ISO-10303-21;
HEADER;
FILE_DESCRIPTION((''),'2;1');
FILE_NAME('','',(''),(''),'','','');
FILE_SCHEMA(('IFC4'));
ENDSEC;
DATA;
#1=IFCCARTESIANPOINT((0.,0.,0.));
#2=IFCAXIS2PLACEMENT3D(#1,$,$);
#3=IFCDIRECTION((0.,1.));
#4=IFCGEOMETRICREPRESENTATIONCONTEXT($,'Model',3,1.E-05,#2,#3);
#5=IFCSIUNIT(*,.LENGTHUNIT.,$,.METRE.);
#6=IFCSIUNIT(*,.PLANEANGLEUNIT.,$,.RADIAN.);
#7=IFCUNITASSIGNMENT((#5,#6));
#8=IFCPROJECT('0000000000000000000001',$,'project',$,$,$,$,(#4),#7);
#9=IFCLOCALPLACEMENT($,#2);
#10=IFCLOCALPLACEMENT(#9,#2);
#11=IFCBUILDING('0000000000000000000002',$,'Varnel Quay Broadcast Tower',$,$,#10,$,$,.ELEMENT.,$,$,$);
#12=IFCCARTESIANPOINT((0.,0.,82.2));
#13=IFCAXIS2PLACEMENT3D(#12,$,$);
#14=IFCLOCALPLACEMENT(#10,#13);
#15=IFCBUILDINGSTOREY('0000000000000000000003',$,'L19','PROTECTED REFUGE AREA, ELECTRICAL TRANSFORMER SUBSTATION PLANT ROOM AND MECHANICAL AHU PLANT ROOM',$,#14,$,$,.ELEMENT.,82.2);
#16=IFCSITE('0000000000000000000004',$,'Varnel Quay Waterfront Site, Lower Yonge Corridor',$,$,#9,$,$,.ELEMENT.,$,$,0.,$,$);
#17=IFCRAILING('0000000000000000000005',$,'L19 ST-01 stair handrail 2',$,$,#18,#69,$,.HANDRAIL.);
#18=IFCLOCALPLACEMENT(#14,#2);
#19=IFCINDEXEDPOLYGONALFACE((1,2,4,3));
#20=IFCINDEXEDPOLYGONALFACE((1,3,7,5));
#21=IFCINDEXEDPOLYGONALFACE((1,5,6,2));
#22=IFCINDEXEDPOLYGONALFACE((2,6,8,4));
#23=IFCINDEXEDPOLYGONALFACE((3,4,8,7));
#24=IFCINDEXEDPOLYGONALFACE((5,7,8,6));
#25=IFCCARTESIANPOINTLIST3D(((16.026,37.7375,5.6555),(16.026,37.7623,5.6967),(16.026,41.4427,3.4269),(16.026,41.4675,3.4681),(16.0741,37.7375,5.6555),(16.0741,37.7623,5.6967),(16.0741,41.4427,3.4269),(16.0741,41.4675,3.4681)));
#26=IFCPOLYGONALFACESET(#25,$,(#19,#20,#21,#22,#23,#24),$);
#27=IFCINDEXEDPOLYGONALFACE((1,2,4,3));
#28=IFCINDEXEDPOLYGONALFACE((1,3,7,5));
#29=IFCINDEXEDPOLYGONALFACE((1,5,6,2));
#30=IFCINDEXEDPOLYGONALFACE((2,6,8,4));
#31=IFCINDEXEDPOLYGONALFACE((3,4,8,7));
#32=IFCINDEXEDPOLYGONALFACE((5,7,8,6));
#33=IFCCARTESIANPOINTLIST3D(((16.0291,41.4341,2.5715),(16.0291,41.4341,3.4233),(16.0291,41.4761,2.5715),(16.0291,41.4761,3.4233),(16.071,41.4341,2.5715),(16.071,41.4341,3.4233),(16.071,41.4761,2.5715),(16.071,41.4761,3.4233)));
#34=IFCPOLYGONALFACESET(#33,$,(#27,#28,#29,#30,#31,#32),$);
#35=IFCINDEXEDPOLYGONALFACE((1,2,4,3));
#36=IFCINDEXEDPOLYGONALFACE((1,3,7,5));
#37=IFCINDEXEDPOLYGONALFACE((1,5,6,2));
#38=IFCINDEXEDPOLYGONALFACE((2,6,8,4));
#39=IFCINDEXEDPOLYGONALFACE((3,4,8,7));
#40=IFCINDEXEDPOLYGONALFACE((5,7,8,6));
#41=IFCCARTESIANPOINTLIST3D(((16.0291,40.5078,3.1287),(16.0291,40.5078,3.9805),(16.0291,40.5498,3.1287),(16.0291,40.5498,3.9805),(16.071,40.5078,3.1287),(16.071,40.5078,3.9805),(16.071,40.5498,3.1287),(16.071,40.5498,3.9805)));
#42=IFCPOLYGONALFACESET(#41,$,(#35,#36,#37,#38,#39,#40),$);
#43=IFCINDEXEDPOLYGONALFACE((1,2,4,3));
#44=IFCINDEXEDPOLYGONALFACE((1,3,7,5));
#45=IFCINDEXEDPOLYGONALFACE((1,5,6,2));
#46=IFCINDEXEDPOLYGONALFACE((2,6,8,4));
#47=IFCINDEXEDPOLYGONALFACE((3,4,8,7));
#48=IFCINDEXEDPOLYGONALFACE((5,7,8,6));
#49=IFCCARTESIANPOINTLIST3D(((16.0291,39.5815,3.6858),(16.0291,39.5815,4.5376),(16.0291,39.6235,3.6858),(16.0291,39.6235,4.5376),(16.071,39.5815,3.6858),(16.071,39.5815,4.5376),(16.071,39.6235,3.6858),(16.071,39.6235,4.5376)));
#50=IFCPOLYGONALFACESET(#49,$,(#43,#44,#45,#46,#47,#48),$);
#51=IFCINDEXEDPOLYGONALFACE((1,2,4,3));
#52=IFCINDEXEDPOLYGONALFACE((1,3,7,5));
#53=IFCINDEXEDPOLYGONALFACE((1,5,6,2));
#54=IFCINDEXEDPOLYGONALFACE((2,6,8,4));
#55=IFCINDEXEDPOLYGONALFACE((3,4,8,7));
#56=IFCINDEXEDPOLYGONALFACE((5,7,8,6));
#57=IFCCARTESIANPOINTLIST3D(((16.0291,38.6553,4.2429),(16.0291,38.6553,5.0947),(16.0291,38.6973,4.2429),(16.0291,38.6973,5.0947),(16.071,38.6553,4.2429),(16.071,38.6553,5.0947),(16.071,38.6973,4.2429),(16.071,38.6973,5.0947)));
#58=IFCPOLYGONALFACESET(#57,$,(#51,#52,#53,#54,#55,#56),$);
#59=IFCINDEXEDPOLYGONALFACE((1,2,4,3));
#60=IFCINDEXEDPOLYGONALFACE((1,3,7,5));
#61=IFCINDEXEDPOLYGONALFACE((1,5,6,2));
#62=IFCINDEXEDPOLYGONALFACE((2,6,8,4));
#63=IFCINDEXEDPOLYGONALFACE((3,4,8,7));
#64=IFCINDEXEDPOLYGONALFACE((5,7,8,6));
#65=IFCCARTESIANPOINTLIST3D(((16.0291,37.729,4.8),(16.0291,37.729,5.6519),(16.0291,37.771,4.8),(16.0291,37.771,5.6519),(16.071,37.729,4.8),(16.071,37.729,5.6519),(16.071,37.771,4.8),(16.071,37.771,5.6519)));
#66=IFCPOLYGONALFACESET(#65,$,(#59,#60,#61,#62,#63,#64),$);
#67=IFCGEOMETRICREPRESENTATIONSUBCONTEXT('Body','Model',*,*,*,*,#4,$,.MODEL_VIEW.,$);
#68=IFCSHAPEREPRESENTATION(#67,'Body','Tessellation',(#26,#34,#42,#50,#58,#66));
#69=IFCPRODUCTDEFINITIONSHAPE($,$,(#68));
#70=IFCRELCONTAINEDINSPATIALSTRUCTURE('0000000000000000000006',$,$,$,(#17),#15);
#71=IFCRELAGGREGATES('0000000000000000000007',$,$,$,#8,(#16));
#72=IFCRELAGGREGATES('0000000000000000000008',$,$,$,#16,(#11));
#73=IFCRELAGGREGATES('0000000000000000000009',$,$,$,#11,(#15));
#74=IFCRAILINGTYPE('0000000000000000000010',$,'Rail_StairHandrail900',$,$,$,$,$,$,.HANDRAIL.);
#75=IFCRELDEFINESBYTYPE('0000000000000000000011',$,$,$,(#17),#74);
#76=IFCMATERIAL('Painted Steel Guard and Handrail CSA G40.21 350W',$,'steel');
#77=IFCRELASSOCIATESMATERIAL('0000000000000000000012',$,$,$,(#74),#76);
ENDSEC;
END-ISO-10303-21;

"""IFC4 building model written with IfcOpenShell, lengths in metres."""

from ifc_helpers import new_model, si_unit, direction, frame, origin, origin_2d, place, context, subcontext, project, spatial, rectangle, extrude, material, type_object, element, save


model = new_model("IFC4")

# Units and contexts
model_context = context("Model", 3, precision=1e-05, world=origin(), true_north=direction((0.0, 1.0)))
body_context = subcontext(model_context, "Body", "Model", "MODEL_VIEW")
ifc_project = project(units=[si_unit("LENGTHUNIT", "METRE"), si_unit("PLANEANGLEUNIT", "RADIAN")], contexts=[model_context])

# Site, building, storey
site_placement = place(None, origin())
site = spatial("IfcSite", under=ifc_project, at=site_placement, Name="Varnel Quay Waterfront Site, Lower Yonge Corridor", CompositionType="ELEMENT", RefElevation=0.0)
building_placement = place(site_placement, origin())
building = spatial("IfcBuilding", under=site, at=building_placement, Name="Varnel Quay Broadcast Tower", CompositionType="ELEMENT")
storey_placement = place(building_placement, frame((0.0, 0.0, 82.2)))
storey = spatial("IfcBuildingStorey", under=building, at=storey_placement, Name="L19", Description="PROTECTED REFUGE AREA, ELECTRICAL TRANSFORMER SUBSTATION PLANT ROOM AND MECHANICAL AHU PLANT ROOM", CompositionType="ELEMENT", Elevation=82.2)

# Railing
ifc_material_1 = material(Name="Painted Steel Guard and Handrail CSA G40.21 350W", Category="steel")
railing_type_1 = type_object("IfcRailingType", Name="Rail_StairHandrail900", PredefinedType="HANDRAIL", material=ifc_material_1)
railing_1_placement = place(storey_placement, frame((16.05, 41.4551, 2.5715)))
element("IfcRailing", 1, at=railing_1_placement, inside=storey, type_object=railing_type_1, Name="L19 ST-01 stair handrail 2", PredefinedType="HANDRAIL", context=body_context, shape_type="SweptSolid", body=[
    extrude(rectangle(XDim=0.0481, YDim=0.0481, at=origin_2d()), frame((0.0, 0.0, 0.876), z_axis=(0.0, -0.856934, 0.515425), x_axis=(1.0, 0.0, 0.0)), (0.0, 0.0, 1.0), 4.3237),
    extrude(rectangle(XDim=0.042, YDim=0.042, at=origin_2d()), origin(), (0.0, 0.0, 1.0), 0.8518),
    extrude(rectangle(XDim=0.042, YDim=0.042, at=origin_2d()), frame((0.0, -0.9263, 0.5571)), (0.0, 0.0, 1.0), 0.8518),
    extrude(rectangle(XDim=0.042, YDim=0.042, at=origin_2d()), frame((0.0, -1.8525, 1.1143)), (0.0, 0.0, 1.0), 0.8518),
    extrude(rectangle(XDim=0.042, YDim=0.042, at=origin_2d()), frame((0.0, -2.7788, 1.6714)), (0.0, 0.0, 1.0), 0.8518),
    extrude(rectangle(XDim=0.042, YDim=0.042, at=origin_2d()), frame((0.0, -3.7051, 2.2285)), (0.0, 0.0, 1.0), 0.8518),
])

save(model, "model.ifc")
